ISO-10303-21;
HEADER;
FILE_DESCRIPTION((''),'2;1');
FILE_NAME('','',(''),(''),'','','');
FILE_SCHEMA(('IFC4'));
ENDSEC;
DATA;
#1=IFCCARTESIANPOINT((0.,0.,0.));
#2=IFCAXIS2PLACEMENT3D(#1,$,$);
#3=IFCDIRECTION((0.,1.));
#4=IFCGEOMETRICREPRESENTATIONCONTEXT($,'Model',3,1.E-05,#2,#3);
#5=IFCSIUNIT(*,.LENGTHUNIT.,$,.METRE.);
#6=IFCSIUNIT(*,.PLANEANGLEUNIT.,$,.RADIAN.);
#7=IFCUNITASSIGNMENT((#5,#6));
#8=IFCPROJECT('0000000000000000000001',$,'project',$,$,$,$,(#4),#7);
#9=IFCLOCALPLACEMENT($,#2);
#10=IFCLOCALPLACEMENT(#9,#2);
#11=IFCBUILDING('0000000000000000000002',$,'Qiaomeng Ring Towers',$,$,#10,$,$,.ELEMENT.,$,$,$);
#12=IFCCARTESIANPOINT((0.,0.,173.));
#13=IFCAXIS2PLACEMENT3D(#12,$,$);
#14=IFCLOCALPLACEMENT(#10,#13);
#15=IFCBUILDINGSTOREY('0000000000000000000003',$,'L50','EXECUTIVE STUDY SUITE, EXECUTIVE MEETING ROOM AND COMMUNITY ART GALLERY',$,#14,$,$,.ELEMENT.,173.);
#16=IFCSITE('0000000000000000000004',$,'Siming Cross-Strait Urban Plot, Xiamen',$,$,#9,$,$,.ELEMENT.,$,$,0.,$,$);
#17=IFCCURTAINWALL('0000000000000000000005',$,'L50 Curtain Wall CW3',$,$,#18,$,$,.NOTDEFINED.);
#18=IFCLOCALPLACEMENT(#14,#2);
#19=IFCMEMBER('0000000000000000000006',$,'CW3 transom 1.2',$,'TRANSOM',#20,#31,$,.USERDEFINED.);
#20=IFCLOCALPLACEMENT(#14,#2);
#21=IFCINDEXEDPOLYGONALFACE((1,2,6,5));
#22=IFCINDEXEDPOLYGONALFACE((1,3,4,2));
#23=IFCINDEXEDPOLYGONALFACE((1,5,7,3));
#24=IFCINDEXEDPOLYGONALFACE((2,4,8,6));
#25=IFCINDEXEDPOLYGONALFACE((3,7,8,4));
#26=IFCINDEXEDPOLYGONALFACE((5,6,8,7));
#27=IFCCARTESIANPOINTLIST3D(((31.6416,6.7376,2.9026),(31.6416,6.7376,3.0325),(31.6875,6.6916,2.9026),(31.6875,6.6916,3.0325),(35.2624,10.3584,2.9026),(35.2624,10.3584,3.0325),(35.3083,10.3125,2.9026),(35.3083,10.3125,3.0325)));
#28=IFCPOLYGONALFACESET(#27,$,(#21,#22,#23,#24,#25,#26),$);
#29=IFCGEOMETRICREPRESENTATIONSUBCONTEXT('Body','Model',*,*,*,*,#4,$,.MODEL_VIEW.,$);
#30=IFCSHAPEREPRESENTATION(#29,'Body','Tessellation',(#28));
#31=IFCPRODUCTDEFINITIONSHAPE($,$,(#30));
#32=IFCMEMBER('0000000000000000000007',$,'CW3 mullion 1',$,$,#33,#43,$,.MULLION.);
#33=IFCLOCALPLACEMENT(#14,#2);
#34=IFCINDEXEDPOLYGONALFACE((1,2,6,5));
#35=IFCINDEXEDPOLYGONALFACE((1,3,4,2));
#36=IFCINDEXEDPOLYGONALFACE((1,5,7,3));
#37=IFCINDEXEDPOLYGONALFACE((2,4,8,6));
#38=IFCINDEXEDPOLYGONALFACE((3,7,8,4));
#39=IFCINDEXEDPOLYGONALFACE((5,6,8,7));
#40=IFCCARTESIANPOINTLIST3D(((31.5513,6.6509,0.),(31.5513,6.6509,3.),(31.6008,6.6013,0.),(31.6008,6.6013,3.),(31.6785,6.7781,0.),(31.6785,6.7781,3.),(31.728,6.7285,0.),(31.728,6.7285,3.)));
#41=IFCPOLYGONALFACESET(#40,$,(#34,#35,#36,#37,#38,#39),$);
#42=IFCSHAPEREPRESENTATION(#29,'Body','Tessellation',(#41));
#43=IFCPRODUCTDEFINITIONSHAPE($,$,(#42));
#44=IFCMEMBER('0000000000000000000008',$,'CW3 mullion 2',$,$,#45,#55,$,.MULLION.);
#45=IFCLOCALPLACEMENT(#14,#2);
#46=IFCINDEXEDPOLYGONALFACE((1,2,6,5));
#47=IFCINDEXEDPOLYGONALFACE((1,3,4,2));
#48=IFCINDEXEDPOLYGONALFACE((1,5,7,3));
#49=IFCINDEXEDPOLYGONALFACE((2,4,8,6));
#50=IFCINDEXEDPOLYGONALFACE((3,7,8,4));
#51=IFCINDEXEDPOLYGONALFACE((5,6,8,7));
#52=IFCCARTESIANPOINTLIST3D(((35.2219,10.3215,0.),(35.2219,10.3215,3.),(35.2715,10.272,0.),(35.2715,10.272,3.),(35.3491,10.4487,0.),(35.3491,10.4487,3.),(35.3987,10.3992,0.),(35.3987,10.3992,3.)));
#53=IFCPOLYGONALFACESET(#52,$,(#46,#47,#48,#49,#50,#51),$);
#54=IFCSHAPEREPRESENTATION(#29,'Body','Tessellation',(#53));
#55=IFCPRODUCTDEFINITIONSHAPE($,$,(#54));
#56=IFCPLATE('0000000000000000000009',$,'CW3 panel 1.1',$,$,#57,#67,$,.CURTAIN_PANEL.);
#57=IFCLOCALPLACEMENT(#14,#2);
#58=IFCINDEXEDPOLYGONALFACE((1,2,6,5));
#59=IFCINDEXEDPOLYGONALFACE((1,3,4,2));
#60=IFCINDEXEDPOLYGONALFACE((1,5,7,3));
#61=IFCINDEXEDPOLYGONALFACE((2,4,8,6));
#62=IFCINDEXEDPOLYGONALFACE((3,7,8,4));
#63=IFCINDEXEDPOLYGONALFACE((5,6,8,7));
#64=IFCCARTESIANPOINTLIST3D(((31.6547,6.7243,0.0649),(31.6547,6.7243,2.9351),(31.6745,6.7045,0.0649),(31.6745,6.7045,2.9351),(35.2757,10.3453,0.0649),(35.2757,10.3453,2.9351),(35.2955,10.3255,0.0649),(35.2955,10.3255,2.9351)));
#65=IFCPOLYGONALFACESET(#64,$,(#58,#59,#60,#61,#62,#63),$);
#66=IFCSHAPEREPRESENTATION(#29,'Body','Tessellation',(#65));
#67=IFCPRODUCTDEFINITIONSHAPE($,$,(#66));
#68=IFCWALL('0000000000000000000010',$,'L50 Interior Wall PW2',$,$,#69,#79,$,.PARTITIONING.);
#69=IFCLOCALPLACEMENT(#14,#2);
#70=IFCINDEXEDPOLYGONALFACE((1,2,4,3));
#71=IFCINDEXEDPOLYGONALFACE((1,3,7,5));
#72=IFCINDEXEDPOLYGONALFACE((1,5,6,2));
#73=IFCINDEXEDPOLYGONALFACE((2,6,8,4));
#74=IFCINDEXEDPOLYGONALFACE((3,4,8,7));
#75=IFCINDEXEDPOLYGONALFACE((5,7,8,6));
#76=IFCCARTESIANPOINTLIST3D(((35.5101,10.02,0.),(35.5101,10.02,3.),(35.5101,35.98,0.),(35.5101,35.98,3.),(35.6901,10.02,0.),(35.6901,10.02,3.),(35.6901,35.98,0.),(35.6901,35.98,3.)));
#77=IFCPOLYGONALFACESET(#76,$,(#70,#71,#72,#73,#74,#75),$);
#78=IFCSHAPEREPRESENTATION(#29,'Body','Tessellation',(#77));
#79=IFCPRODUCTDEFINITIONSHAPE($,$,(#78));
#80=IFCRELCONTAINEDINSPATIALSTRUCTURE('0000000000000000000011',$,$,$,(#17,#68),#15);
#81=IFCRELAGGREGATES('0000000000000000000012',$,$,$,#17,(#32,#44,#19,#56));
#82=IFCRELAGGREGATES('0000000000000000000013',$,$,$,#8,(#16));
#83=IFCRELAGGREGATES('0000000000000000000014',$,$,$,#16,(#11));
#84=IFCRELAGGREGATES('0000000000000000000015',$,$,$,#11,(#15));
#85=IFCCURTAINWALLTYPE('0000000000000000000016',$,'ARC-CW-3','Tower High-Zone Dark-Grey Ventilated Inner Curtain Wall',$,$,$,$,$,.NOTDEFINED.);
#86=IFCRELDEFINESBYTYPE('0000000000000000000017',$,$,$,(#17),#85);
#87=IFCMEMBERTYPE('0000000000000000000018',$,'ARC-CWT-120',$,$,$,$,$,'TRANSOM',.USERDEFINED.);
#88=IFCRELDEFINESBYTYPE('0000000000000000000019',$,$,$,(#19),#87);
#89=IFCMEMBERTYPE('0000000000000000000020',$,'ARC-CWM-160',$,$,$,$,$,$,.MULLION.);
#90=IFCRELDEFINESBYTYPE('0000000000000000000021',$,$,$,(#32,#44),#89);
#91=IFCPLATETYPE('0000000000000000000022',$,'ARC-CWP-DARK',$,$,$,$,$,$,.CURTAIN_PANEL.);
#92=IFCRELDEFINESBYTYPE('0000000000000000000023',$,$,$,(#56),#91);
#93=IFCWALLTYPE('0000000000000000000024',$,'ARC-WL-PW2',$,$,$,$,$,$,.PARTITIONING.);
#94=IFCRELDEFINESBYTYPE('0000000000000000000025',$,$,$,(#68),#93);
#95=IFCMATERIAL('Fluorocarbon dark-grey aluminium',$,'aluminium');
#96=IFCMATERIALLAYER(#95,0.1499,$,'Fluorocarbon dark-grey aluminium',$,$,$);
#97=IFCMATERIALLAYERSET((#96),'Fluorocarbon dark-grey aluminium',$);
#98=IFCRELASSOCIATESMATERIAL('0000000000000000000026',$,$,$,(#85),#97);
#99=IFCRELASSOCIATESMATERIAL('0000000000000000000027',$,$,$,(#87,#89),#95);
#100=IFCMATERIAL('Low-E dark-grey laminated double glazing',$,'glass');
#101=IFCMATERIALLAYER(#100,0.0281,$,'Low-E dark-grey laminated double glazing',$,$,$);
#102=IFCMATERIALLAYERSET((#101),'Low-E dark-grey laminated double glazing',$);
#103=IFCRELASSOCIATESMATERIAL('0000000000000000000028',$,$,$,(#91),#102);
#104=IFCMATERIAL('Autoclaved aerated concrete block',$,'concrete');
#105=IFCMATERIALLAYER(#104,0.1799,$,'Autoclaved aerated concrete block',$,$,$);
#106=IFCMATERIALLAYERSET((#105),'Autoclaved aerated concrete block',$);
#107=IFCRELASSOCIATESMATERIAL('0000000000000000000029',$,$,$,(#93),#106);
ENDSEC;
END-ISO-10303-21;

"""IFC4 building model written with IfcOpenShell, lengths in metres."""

from ifc_helpers import new_model, si_unit, direction, frame, frame_2d, origin, origin_2d, place, context, subcontext, project, spatial, rectangle, extrude, source, transform, mapped, material, layer, layer_set, material_profile, profile_set, type_object, element, aggregate, save


model = new_model("IFC4")

# Units and contexts
model_context = context("Model", 3, precision=1e-05, world=origin(), true_north=direction((0.0, 1.0)))
body_context = subcontext(model_context, "Body", "Model", "MODEL_VIEW")
ifc_project = project(units=[si_unit("LENGTHUNIT", "METRE"), si_unit("PLANEANGLEUNIT", "RADIAN")], contexts=[model_context])

# Site, building, storey
site_placement = place(None, origin())
site = spatial("IfcSite", under=ifc_project, at=site_placement, Name="Siming Cross-Strait Urban Plot, Xiamen", CompositionType="ELEMENT", RefElevation=0.0)
building_placement = place(site_placement, origin())
building = spatial("IfcBuilding", under=site, at=building_placement, Name="Qiaomeng Ring Towers", CompositionType="ELEMENT")
storey_placement = place(building_placement, frame((0.0, 0.0, 173.0)))
storey = spatial("IfcBuildingStorey", under=building, at=storey_placement, Name="L50", Description="EXECUTIVE STUDY SUITE, EXECUTIVE MEETING ROOM AND COMMUNITY ART GALLERY", CompositionType="ELEMENT", Elevation=173.0)

# Curtain wall, members, plate
ifc_material_1 = material(Name="Fluorocarbon dark-grey aluminium", Category="aluminium")
ifc_layer_1 = layer(ifc_material_1, 0.1499, Name="Fluorocarbon dark-grey aluminium")
ifc_layer_set_1 = layer_set([ifc_layer_1], Name="Fluorocarbon dark-grey aluminium")
curtain_wall_type = type_object("IfcCurtainWallType", Name="ARC-CW-3", Description="Tower High-Zone Dark-Grey Ventilated Inner Curtain Wall", PredefinedType="NOTDEFINED", material=ifc_layer_set_1)
curtain_wall_placement = place(storey_placement, origin())
curtain_wall = element("IfcCurtainWall", 1, at=curtain_wall_placement, inside=storey, type_object=curtain_wall_type, Name="L50 Curtain Wall CW3", PredefinedType="NOTDEFINED")
ifc_material_profile_1 = material_profile(ifc_material_1, rectangle(XDim=0.0649, YDim=0.1299, at=origin_2d()), Name="ALU TRAN 65x130")
ifc_profile_set_1 = profile_set([ifc_material_profile_1], Name="Fluorocarbon dark-grey aluminium")
member_type_1 = type_object("IfcMemberType", Name="ARC-CWT-120", ElementType="TRANSOM", PredefinedType="USERDEFINED", material=ifc_profile_set_1)
shared_shape_1 = source(origin(), body_context, "Body", "SweptSolid", [
    extrude(rectangle(XDim=0.0649, YDim=0.1299, at=origin_2d()), origin(), (0.0, 0.0, 1.0), 5.1206),
])
member_1_placement = place(storey_placement, frame((31.6646, 6.7146, 2.9675), z_axis=(0.707107, 0.707107, 0.0), x_axis=(-0.707107, 0.707107, 0.0)))
member_1 = element("IfcMember", 2, at=member_1_placement, type_object=member_type_1, Name="CW3 transom 1.2", ObjectType="TRANSOM", PredefinedType="USERDEFINED", context=body_context, shape_type="MappedRepresentation", body=[
    mapped(shared_shape_1, transform((0.0, 0.0, 0.0), x_axis=(1.0, 0.0, 0.0), y_axis=(0.0, 1.0, 0.0), z_axis=(0.0, 0.0, 1.0), scale=1.0)),
])
ifc_material_profile_2 = material_profile(ifc_material_1, rectangle(XDim=0.0701, YDim=0.1799, at=origin_2d()), Name="ALU MULL 70x180")
ifc_profile_set_2 = profile_set([ifc_material_profile_2], Name="Fluorocarbon dark-grey aluminium")
member_type_2 = type_object("IfcMemberType", Name="ARC-CWM-160", PredefinedType="MULLION", material=ifc_profile_set_2)
shared_shape_2 = source(origin(), body_context, "Body", "SweptSolid", [
    extrude(rectangle(XDim=0.0701, YDim=0.1799, at=origin_2d()), origin(), (0.0, 0.0, 1.0), 3.0),
])
member_2_placement = place(storey_placement, frame((31.6396, 6.6897, 0.0), z_axis=(0.0, 0.0, 1.0), x_axis=(-0.707107, 0.707107, 0.0)))
member_2 = element("IfcMember", 3, at=member_2_placement, type_object=member_type_2, Name="CW3 mullion 1", PredefinedType="MULLION", context=body_context, shape_type="MappedRepresentation", body=[
    mapped(shared_shape_2, transform((0.0, 0.0, 0.0), x_axis=(1.0, 0.0, 0.0), y_axis=(0.0, 1.0, 0.0), z_axis=(0.0, 0.0, 1.0), scale=1.0)),
])
member_3_placement = place(storey_placement, frame((35.3103, 10.3604, 0.0), z_axis=(0.0, 0.0, 1.0), x_axis=(-0.707107, 0.707107, 0.0)))
member_3 = element("IfcMember", 4, at=member_3_placement, type_object=member_type_2, Name="CW3 mullion 2", PredefinedType="MULLION", context=body_context, shape_type="MappedRepresentation", body=[
    mapped(shared_shape_2, transform((0.0, 0.0, 0.0), x_axis=(1.0, 0.0, 0.0), y_axis=(0.0, 1.0, 0.0), z_axis=(0.0, 0.0, 1.0), scale=1.0)),
])
ifc_material_2 = material(Name="Low-E dark-grey laminated double glazing", Category="glass")
ifc_layer_2 = layer(ifc_material_2, 0.0281, Name="Low-E dark-grey laminated double glazing")
ifc_layer_set_2 = layer_set([ifc_layer_2], Name="Low-E dark-grey laminated double glazing")
plate_type = type_object("IfcPlateType", Name="ARC-CWP-DARK", PredefinedType="CURTAIN_PANEL", material=ifc_layer_set_2)
shared_shape_3 = source(origin(), body_context, "Body", "SweptSolid", [
    extrude(rectangle(XDim=5.1208, YDim=0.0281, at=origin_2d()), origin(), (0.0, 0.0, 1.0), 2.8701),
])
plate_placement = place(storey_placement, frame((33.4751, 8.5249, 0.0649), z_axis=(0.0, 0.0, 1.0), x_axis=(0.707107, 0.707107, 0.0)))
plate = element("IfcPlate", 5, at=plate_placement, type_object=plate_type, Name="CW3 panel 1.1", PredefinedType="CURTAIN_PANEL", context=body_context, shape_type="MappedRepresentation", body=[
    mapped(shared_shape_3, transform((0.0, 0.0, 0.0), x_axis=(1.0, 0.0, 0.0), y_axis=(0.0, 1.0, 0.0), z_axis=(0.0, 0.0, 1.0), scale=1.0)),
])
aggregate(curtain_wall, [member_2, member_3, member_1, plate])

# Wall
ifc_material_3 = material(Name="Autoclaved aerated concrete block", Category="concrete")
ifc_layer_3 = layer(ifc_material_3, 0.1799, Name="Autoclaved aerated concrete block")
ifc_layer_set_3 = layer_set([ifc_layer_3], Name="Autoclaved aerated concrete block")
wall_type_1 = type_object("IfcWallType", Name="ARC-WL-PW2", PredefinedType="PARTITIONING", material=ifc_layer_set_3)
wall_1_placement = place(storey_placement, frame((35.6001, 10.02, 0.0), z_axis=(0.0, 0.0, 1.0), x_axis=(0.0, 1.0, 0.0)))
element("IfcWall", 6, at=wall_1_placement, inside=storey, type_object=wall_type_1, Name="L50 Interior Wall PW2", PredefinedType="PARTITIONING", context=body_context, shape_type="SweptSolid", body=[
    extrude(rectangle(XDim=25.96, YDim=0.1799, at=frame_2d((12.98, 0.0))), origin(), (0.0, 0.0, 1.0), 3.0),
])

save(model, "model.ifc")
